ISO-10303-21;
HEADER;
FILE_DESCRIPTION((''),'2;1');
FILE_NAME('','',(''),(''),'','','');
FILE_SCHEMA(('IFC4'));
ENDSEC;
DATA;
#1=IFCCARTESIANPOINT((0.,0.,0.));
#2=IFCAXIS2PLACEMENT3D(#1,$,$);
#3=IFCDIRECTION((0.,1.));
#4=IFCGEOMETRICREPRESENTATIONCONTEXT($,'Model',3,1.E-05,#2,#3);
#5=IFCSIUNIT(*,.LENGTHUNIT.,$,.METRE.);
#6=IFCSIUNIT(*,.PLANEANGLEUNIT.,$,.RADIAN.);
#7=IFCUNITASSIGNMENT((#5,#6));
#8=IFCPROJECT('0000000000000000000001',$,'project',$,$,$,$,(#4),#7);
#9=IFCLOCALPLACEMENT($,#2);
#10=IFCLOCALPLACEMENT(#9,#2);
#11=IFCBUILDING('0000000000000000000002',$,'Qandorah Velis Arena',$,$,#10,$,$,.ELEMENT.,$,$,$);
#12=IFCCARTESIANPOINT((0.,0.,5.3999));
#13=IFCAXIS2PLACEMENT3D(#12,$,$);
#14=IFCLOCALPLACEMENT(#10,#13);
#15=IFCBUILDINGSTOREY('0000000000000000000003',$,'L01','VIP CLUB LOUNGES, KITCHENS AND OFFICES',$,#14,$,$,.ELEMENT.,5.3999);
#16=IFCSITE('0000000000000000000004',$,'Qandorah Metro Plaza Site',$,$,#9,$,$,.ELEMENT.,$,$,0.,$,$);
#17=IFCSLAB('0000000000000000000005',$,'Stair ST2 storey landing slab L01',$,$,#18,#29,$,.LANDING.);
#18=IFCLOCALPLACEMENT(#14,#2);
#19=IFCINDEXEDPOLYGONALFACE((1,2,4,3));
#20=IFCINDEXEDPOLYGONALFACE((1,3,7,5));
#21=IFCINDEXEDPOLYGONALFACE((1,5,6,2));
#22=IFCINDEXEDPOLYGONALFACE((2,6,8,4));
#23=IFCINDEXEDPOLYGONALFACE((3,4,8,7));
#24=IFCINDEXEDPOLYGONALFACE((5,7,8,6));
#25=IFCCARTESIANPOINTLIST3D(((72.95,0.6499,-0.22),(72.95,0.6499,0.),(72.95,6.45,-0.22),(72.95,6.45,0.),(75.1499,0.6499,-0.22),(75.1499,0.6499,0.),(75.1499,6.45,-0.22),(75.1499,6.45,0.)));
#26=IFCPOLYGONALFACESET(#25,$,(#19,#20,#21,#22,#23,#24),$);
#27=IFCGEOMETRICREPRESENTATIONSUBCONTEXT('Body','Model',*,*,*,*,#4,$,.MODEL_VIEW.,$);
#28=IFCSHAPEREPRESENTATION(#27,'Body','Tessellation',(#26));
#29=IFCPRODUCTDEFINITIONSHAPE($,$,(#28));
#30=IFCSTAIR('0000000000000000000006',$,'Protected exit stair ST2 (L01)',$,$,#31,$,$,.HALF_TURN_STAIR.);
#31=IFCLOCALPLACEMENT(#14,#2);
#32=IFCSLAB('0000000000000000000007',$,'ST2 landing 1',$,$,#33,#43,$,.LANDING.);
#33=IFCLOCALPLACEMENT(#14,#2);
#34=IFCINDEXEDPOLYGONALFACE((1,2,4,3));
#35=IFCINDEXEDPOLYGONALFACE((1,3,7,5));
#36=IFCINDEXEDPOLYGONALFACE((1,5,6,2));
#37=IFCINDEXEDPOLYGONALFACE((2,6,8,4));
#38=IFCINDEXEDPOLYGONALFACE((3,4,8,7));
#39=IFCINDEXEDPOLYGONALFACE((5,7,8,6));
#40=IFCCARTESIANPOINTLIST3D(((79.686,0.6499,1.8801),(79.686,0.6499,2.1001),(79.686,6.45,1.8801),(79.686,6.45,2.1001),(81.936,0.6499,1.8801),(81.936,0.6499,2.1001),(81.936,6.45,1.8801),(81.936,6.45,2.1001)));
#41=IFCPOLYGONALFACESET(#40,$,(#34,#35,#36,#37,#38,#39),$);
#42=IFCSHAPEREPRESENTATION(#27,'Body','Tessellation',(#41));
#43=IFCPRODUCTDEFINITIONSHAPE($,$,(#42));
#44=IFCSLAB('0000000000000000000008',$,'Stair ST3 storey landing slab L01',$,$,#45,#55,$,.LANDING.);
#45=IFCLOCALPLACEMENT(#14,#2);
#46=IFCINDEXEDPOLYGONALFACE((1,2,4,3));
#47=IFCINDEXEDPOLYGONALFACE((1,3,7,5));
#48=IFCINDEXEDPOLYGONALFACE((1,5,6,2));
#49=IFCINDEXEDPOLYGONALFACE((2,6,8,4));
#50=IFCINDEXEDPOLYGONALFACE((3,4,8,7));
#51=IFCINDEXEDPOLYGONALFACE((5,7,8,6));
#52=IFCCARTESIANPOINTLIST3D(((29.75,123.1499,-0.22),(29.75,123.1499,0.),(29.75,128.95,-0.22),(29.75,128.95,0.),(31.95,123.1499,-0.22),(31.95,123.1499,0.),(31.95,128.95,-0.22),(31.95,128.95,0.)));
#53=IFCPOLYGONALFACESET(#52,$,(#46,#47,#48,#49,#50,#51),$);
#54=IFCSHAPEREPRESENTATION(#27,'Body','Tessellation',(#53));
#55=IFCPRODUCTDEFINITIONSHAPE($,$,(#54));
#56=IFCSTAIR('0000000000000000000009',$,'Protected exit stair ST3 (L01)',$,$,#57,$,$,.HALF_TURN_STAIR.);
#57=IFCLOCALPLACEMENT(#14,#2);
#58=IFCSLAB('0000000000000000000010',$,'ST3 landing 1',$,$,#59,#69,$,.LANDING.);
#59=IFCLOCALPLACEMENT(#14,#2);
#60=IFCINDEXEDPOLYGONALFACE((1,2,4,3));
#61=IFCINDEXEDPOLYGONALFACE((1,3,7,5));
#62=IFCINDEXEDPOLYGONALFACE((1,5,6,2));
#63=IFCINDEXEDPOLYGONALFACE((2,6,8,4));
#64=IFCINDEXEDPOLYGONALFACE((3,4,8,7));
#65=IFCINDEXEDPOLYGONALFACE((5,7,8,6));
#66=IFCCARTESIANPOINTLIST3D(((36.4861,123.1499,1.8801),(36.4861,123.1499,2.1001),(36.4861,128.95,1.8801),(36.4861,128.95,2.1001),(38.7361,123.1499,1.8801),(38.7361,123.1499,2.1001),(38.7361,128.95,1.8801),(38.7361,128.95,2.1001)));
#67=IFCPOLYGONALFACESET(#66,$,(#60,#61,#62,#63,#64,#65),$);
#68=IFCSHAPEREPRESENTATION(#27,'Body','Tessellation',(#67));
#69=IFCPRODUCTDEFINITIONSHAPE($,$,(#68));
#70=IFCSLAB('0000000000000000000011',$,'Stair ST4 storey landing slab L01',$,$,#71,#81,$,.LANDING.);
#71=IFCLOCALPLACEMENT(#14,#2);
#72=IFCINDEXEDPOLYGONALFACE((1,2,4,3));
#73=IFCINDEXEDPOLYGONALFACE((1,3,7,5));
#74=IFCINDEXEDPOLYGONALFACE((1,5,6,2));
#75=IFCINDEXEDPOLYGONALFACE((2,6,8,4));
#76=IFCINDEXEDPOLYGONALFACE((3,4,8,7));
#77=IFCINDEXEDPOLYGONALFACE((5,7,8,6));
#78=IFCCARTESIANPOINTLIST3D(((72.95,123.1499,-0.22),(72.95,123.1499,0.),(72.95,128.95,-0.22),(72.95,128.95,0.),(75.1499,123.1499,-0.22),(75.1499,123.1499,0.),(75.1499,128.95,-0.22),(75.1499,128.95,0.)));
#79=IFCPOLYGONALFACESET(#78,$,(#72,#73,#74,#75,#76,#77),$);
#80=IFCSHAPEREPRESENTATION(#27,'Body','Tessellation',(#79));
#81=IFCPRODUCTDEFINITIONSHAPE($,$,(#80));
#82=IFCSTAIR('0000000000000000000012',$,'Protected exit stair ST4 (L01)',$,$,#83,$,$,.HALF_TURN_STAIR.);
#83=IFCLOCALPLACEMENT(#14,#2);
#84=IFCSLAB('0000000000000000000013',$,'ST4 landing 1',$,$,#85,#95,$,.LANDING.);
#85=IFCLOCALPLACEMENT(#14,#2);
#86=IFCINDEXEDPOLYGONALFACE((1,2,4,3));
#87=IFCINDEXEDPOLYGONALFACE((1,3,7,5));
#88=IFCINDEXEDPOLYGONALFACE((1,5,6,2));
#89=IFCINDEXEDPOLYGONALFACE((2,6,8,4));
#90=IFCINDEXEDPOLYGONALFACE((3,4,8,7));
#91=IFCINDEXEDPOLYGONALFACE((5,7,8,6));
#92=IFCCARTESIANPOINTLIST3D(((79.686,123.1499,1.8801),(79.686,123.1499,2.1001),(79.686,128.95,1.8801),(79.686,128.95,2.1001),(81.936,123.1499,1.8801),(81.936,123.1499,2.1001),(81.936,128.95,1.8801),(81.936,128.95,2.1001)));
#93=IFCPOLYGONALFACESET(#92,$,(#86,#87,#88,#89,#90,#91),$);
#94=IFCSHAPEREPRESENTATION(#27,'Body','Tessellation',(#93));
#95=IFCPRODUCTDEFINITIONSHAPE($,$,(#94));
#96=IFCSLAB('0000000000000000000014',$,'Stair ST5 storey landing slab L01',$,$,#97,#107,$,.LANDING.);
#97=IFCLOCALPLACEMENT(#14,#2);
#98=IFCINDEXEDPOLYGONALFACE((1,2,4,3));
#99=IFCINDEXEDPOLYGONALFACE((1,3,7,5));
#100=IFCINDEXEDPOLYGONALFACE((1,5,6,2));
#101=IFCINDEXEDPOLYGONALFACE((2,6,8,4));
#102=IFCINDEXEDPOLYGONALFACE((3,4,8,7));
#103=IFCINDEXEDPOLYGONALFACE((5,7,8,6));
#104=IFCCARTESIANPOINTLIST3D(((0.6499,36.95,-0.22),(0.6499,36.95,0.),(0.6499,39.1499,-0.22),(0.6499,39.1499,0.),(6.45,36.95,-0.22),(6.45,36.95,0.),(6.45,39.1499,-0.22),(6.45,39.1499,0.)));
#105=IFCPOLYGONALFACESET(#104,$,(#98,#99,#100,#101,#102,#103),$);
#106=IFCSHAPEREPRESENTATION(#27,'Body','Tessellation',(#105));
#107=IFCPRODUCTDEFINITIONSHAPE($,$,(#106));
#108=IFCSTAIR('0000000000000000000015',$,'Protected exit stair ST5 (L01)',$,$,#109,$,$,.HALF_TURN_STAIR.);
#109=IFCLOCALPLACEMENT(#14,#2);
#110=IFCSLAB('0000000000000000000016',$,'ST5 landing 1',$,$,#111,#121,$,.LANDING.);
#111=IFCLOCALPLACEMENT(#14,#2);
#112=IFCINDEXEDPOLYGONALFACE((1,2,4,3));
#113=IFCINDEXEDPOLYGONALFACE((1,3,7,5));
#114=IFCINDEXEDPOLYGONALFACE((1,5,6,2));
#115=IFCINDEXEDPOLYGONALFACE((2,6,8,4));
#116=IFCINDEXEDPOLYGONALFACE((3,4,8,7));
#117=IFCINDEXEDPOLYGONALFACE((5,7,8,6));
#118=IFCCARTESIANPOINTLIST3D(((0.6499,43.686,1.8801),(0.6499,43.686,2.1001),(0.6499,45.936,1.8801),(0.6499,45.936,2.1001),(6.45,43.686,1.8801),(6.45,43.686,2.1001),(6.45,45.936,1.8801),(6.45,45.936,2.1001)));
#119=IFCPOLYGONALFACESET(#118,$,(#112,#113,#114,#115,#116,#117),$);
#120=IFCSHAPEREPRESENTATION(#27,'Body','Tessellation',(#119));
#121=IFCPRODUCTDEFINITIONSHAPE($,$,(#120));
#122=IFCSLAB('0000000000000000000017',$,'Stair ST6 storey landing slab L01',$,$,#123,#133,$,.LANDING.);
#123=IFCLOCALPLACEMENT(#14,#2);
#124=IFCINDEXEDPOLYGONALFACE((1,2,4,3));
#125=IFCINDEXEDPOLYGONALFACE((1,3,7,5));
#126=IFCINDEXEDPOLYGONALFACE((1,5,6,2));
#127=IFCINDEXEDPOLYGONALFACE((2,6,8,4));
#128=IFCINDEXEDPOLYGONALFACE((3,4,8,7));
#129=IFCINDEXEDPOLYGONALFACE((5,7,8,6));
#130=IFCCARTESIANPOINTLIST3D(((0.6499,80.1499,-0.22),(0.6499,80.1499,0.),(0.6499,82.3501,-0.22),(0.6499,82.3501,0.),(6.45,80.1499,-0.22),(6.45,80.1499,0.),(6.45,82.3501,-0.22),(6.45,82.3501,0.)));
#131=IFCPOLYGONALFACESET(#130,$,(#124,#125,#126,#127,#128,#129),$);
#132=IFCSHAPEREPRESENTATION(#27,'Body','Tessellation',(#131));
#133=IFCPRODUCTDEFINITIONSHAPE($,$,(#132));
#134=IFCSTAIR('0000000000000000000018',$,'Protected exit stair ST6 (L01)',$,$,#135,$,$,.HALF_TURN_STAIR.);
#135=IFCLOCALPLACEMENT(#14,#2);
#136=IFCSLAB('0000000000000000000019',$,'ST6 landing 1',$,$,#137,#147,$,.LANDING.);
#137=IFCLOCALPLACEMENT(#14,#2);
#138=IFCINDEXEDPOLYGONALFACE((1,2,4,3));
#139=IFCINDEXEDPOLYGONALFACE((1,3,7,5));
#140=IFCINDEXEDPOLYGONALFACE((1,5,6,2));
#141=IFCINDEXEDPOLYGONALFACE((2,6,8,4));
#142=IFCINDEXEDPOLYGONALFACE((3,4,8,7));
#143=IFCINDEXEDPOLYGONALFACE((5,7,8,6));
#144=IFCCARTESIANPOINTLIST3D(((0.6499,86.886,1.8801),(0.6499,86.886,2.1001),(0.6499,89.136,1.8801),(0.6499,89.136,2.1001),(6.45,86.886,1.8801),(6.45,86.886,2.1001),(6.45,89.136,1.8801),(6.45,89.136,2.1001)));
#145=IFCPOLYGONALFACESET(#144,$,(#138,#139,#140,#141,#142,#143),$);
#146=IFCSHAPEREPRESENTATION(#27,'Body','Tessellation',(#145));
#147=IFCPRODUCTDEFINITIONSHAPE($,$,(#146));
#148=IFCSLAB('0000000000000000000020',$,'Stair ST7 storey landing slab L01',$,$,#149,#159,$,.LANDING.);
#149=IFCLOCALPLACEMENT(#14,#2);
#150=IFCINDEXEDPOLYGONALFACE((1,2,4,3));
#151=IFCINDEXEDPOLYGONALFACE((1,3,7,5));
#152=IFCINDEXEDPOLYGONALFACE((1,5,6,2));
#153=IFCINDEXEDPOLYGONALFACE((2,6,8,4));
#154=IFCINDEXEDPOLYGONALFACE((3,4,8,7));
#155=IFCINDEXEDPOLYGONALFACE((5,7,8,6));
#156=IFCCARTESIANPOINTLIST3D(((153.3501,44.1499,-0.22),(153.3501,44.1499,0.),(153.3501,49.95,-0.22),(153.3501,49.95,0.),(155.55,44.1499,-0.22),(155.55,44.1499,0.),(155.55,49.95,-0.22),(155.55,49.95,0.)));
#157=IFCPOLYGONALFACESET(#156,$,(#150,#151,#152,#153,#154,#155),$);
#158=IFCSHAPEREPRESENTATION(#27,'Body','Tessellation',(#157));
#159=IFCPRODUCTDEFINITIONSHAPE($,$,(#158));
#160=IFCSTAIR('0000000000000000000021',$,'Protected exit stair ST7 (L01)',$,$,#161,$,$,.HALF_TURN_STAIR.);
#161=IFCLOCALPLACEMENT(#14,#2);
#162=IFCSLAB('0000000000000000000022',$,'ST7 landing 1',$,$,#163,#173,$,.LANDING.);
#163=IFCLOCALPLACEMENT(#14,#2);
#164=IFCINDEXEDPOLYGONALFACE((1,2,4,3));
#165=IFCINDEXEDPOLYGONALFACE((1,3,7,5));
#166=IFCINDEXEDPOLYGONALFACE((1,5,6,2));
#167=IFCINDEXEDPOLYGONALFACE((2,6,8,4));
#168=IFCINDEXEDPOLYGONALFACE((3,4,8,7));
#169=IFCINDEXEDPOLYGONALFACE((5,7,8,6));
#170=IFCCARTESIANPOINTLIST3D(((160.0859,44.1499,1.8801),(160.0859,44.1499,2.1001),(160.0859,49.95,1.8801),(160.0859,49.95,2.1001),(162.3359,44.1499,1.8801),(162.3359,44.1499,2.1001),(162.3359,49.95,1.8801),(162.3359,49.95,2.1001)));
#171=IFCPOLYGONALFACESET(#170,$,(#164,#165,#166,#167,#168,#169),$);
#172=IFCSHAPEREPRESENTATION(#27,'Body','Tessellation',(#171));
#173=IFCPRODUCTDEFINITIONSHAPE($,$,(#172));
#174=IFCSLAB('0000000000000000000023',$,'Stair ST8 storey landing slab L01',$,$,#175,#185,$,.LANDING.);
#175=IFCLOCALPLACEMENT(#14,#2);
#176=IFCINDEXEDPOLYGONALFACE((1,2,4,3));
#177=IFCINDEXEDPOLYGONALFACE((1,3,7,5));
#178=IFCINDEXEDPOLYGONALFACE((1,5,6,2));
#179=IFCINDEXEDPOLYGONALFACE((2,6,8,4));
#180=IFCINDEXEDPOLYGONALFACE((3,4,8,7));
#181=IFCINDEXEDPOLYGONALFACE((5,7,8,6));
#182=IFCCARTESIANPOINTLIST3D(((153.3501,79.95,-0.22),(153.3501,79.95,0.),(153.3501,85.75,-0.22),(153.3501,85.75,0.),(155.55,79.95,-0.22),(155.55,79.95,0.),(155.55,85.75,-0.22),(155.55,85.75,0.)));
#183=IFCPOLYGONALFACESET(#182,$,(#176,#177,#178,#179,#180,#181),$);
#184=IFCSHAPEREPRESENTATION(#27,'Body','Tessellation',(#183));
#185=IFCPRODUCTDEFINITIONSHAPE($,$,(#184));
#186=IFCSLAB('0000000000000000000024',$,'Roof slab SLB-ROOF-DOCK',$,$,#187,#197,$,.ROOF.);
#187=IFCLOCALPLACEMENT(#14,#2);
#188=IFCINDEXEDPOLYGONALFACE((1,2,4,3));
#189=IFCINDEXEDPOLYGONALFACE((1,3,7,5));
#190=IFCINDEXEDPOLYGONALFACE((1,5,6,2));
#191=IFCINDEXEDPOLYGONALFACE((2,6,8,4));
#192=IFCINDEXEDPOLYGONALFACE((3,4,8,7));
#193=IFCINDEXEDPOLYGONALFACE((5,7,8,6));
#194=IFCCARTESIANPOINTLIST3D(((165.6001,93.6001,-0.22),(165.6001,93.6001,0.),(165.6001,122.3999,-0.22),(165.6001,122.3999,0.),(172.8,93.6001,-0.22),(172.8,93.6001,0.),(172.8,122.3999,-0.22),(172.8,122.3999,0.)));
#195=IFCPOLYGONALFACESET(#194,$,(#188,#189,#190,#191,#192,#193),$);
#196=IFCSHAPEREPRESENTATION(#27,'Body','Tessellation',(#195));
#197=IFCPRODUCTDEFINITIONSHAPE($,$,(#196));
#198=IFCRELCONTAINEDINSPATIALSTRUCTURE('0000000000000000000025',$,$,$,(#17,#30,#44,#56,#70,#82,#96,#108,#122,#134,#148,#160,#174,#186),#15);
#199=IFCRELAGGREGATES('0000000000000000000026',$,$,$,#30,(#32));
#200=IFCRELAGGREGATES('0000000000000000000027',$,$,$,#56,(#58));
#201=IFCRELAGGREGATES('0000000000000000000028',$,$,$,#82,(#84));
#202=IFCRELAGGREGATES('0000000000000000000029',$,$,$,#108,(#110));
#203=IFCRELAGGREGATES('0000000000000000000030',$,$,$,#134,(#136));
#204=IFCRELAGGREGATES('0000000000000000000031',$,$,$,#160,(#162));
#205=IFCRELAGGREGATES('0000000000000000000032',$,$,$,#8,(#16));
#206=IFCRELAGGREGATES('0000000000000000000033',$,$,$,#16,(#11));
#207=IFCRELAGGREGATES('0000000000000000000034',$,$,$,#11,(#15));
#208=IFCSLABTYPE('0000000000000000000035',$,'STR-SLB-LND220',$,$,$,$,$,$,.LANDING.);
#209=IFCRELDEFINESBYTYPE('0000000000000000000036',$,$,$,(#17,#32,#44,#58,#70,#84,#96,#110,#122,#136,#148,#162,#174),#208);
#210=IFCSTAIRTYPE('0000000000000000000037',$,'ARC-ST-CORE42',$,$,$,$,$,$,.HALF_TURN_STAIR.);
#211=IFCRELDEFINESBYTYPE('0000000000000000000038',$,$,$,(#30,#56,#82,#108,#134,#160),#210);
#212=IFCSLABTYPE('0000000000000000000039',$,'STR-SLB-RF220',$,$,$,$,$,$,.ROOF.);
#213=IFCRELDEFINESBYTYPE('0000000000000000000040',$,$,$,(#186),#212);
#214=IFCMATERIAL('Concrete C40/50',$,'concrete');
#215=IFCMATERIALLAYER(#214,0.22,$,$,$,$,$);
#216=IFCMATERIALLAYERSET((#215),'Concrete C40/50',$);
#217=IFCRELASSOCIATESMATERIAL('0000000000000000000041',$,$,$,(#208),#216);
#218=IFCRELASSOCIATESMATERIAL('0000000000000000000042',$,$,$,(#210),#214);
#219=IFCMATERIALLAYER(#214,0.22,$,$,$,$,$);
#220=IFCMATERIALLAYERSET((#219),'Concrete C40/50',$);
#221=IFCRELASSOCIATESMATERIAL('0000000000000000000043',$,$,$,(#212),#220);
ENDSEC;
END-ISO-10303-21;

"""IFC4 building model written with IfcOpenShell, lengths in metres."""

from ifc_helpers import new_model, si_unit, direction, frame, origin, place, context, subcontext, project, spatial, polyline, outline, extrude, material, layer, layer_set, type_object, element, aggregate, save


model = new_model("IFC4")

# Units and contexts
model_context = context("Model", 3, precision=1e-05, world=origin(), true_north=direction((0.0, 1.0)))
body_context = subcontext(model_context, "Body", "Model", "MODEL_VIEW")
ifc_project = project(units=[si_unit("LENGTHUNIT", "METRE"), si_unit("PLANEANGLEUNIT", "RADIAN")], contexts=[model_context])

# Site, building, storey
site_placement = place(None, origin())
site = spatial("IfcSite", under=ifc_project, at=site_placement, Name="Qandorah Metro Plaza Site", CompositionType="ELEMENT", RefElevation=0.0)
building_placement = place(site_placement, origin())
building = spatial("IfcBuilding", under=site, at=building_placement, Name="Qandorah Velis Arena", CompositionType="ELEMENT")
storey_placement = place(building_placement, frame((0.0, 0.0, 5.3999)))
storey = spatial("IfcBuildingStorey", under=building, at=storey_placement, Name="L01", Description="VIP CLUB LOUNGES, KITCHENS AND OFFICES", CompositionType="ELEMENT", Elevation=5.3999)

# Shared definitions
ifc_material = material(Name="Concrete C40/50", Category="concrete")
ifc_layer_1 = layer(ifc_material, 0.22)
ifc_layer_set_1 = layer_set([ifc_layer_1], Name="Concrete C40/50")
slab_type_1 = type_object("IfcSlabType", Name="STR-SLB-LND220", PredefinedType="LANDING", material=ifc_layer_set_1)

# Shared definitions
stair_type = type_object("IfcStairType", Name="ARC-ST-CORE42", PredefinedType="HALF_TURN_STAIR", material=ifc_material)

# Slab
slab_1_placement = place(storey_placement, frame((0.0, 0.0, -0.22)))
element("IfcSlab", 1, at=slab_1_placement, inside=storey, type_object=slab_type_1, Name="Stair ST2 storey landing slab L01", PredefinedType="LANDING", context=body_context, shape_type="SweptSolid", body=[
    extrude(outline(polyline([(72.95, 0.6499), (75.1499, 0.6499), (75.1499, 6.45), (72.95, 6.45), (72.95, 0.6499)])), origin(), (0.0, 0.0, 1.0), 0.22),
])

# Stair, slab
stair_1_placement = place(storey_placement, origin())
stair_1 = element("IfcStair", 2, at=stair_1_placement, inside=storey, type_object=stair_type, Name="Protected exit stair ST2 (L01)", PredefinedType="HALF_TURN_STAIR")
slab_2_placement = place(storey_placement, frame((0.0, 0.0, 1.8801)))
slab_2 = element("IfcSlab", 3, at=slab_2_placement, type_object=slab_type_1, Name="ST2 landing 1", PredefinedType="LANDING", context=body_context, shape_type="SweptSolid", body=[
    extrude(outline(polyline([(79.686, 0.6499), (81.936, 0.6499), (81.936, 6.45), (79.686, 6.45), (79.686, 0.6499)])), origin(), (0.0, 0.0, 1.0), 0.22),
])
aggregate(stair_1, [slab_2])

# Slab
slab_3_placement = place(storey_placement, frame((0.0, 0.0, -0.22)))
element("IfcSlab", 4, at=slab_3_placement, inside=storey, type_object=slab_type_1, Name="Stair ST3 storey landing slab L01", PredefinedType="LANDING", context=body_context, shape_type="SweptSolid", body=[
    extrude(outline(polyline([(29.75, 123.1499), (31.95, 123.1499), (31.95, 128.95), (29.75, 128.95), (29.75, 123.1499)])), origin(), (0.0, 0.0, 1.0), 0.22),
])

# Stair, slab
stair_2_placement = place(storey_placement, origin())
stair_2 = element("IfcStair", 5, at=stair_2_placement, inside=storey, type_object=stair_type, Name="Protected exit stair ST3 (L01)", PredefinedType="HALF_TURN_STAIR")
slab_4_placement = place(storey_placement, frame((0.0, 0.0, 1.8801)))
slab_4 = element("IfcSlab", 6, at=slab_4_placement, type_object=slab_type_1, Name="ST3 landing 1", PredefinedType="LANDING", context=body_context, shape_type="SweptSolid", body=[
    extrude(outline(polyline([(36.4861, 123.1499), (38.7361, 123.1499), (38.7361, 128.95), (36.4861, 128.95), (36.4861, 123.1499)])), origin(), (0.0, 0.0, 1.0), 0.22),
])
aggregate(stair_2, [slab_4])

# Slab
slab_5_placement = place(storey_placement, frame((0.0, 0.0, -0.22)))
element("IfcSlab", 7, at=slab_5_placement, inside=storey, type_object=slab_type_1, Name="Stair ST4 storey landing slab L01", PredefinedType="LANDING", context=body_context, shape_type="SweptSolid", body=[
    extrude(outline(polyline([(72.95, 123.1499), (75.1499, 123.1499), (75.1499, 128.95), (72.95, 128.95), (72.95, 123.1499)])), origin(), (0.0, 0.0, 1.0), 0.22),
])

# Stair, slab
stair_3_placement = place(storey_placement, origin())
stair_3 = element("IfcStair", 8, at=stair_3_placement, inside=storey, type_object=stair_type, Name="Protected exit stair ST4 (L01)", PredefinedType="HALF_TURN_STAIR")
slab_6_placement = place(storey_placement, frame((0.0, 0.0, 1.8801)))
slab_6 = element("IfcSlab", 9, at=slab_6_placement, type_object=slab_type_1, Name="ST4 landing 1", PredefinedType="LANDING", context=body_context, shape_type="SweptSolid", body=[
    extrude(outline(polyline([(79.686, 123.1499), (81.936, 123.1499), (81.936, 128.95), (79.686, 128.95), (79.686, 123.1499)])), origin(), (0.0, 0.0, 1.0), 0.22),
])
aggregate(stair_3, [slab_6])

# Slab
slab_7_placement = place(storey_placement, frame((0.0, 0.0, -0.22)))
element("IfcSlab", 10, at=slab_7_placement, inside=storey, type_object=slab_type_1, Name="Stair ST5 storey landing slab L01", PredefinedType="LANDING", context=body_context, shape_type="SweptSolid", body=[
    extrude(outline(polyline([(0.6499, 36.95), (6.45, 36.95), (6.45, 39.1499), (0.6499, 39.1499), (0.6499, 36.95)])), origin(), (0.0, 0.0, 1.0), 0.22),
])

# Stair, slab
stair_4_placement = place(storey_placement, origin())
stair_4 = element("IfcStair", 11, at=stair_4_placement, inside=storey, type_object=stair_type, Name="Protected exit stair ST5 (L01)", PredefinedType="HALF_TURN_STAIR")
slab_8_placement = place(storey_placement, frame((0.0, 0.0, 1.8801)))
slab_8 = element("IfcSlab", 12, at=slab_8_placement, type_object=slab_type_1, Name="ST5 landing 1", PredefinedType="LANDING", context=body_context, shape_type="SweptSolid", body=[
    extrude(outline(polyline([(0.6499, 43.686), (6.45, 43.686), (6.45, 45.936), (0.6499, 45.936), (0.6499, 43.686)])), origin(), (0.0, 0.0, 1.0), 0.22),
])
aggregate(stair_4, [slab_8])

# Slab
slab_9_placement = place(storey_placement, frame((0.0, 0.0, -0.22)))
element("IfcSlab", 13, at=slab_9_placement, inside=storey, type_object=slab_type_1, Name="Stair ST6 storey landing slab L01", PredefinedType="LANDING", context=body_context, shape_type="SweptSolid", body=[
    extrude(outline(polyline([(0.6499, 80.1499), (6.45, 80.1499), (6.45, 82.3501), (0.6499, 82.3501), (0.6499, 80.1499)])), origin(), (0.0, 0.0, 1.0), 0.22),
])

# Stair, slab
stair_5_placement = place(storey_placement, origin())
stair_5 = element("IfcStair", 14, at=stair_5_placement, inside=storey, type_object=stair_type, Name="Protected exit stair ST6 (L01)", PredefinedType="HALF_TURN_STAIR")
slab_10_placement = place(storey_placement, frame((0.0, 0.0, 1.8801)))
slab_10 = element("IfcSlab", 15, at=slab_10_placement, type_object=slab_type_1, Name="ST6 landing 1", PredefinedType="LANDING", context=body_context, shape_type="SweptSolid", body=[
    extrude(outline(polyline([(0.6499, 86.886), (6.45, 86.886), (6.45, 89.136), (0.6499, 89.136), (0.6499, 86.886)])), origin(), (0.0, 0.0, 1.0), 0.22),
])
aggregate(stair_5, [slab_10])

# Slab
slab_11_placement = place(storey_placement, frame((0.0, 0.0, -0.22)))
element("IfcSlab", 16, at=slab_11_placement, inside=storey, type_object=slab_type_1, Name="Stair ST7 storey landing slab L01", PredefinedType="LANDING", context=body_context, shape_type="SweptSolid", body=[
    extrude(outline(polyline([(153.3501, 44.1499), (155.55, 44.1499), (155.55, 49.95), (153.3501, 49.95), (153.3501, 44.1499)])), origin(), (0.0, 0.0, 1.0), 0.22),
])

# Stair, slab
stair_6_placement = place(storey_placement, origin())
stair_6 = element("IfcStair", 17, at=stair_6_placement, inside=storey, type_object=stair_type, Name="Protected exit stair ST7 (L01)", PredefinedType="HALF_TURN_STAIR")
slab_12_placement = place(storey_placement, frame((0.0, 0.0, 1.8801)))
slab_12 = element("IfcSlab", 18, at=slab_12_placement, type_object=slab_type_1, Name="ST7 landing 1", PredefinedType="LANDING", context=body_context, shape_type="SweptSolid", body=[
    extrude(outline(polyline([(160.0859, 44.1499), (162.3359, 44.1499), (162.3359, 49.95), (160.0859, 49.95), (160.0859, 44.1499)])), origin(), (0.0, 0.0, 1.0), 0.22),
])
aggregate(stair_6, [slab_12])

# Slabs
slab_13_placement = place(storey_placement, frame((0.0, 0.0, -0.22)))
element("IfcSlab", 19, at=slab_13_placement, inside=storey, type_object=slab_type_1, Name="Stair ST8 storey landing slab L01", PredefinedType="LANDING", context=body_context, shape_type="SweptSolid", body=[
    extrude(outline(polyline([(153.3501, 79.95), (155.55, 79.95), (155.55, 85.75), (153.3501, 85.75), (153.3501, 79.95)])), origin(), (0.0, 0.0, 1.0), 0.22),
])
ifc_layer_2 = layer(ifc_material, 0.22)
ifc_layer_set_2 = layer_set([ifc_layer_2], Name="Concrete C40/50")
slab_type_2 = type_object("IfcSlabType", Name="STR-SLB-RF220", PredefinedType="ROOF", material=ifc_layer_set_2)
slab_14_placement = place(storey_placement, frame((0.0, 0.0, -0.22)))
element("IfcSlab", 20, at=slab_14_placement, inside=storey, type_object=slab_type_2, Name="Roof slab SLB-ROOF-DOCK", PredefinedType="ROOF", context=body_context, shape_type="SweptSolid", body=[
    extrude(outline(polyline([(165.6001, 93.6001), (172.8, 93.6001), (172.8, 122.3999), (165.6001, 122.3999), (165.6001, 93.6001)])), origin(), (0.0, 0.0, 1.0), 0.22),
])

save(model, "model.ifc")
